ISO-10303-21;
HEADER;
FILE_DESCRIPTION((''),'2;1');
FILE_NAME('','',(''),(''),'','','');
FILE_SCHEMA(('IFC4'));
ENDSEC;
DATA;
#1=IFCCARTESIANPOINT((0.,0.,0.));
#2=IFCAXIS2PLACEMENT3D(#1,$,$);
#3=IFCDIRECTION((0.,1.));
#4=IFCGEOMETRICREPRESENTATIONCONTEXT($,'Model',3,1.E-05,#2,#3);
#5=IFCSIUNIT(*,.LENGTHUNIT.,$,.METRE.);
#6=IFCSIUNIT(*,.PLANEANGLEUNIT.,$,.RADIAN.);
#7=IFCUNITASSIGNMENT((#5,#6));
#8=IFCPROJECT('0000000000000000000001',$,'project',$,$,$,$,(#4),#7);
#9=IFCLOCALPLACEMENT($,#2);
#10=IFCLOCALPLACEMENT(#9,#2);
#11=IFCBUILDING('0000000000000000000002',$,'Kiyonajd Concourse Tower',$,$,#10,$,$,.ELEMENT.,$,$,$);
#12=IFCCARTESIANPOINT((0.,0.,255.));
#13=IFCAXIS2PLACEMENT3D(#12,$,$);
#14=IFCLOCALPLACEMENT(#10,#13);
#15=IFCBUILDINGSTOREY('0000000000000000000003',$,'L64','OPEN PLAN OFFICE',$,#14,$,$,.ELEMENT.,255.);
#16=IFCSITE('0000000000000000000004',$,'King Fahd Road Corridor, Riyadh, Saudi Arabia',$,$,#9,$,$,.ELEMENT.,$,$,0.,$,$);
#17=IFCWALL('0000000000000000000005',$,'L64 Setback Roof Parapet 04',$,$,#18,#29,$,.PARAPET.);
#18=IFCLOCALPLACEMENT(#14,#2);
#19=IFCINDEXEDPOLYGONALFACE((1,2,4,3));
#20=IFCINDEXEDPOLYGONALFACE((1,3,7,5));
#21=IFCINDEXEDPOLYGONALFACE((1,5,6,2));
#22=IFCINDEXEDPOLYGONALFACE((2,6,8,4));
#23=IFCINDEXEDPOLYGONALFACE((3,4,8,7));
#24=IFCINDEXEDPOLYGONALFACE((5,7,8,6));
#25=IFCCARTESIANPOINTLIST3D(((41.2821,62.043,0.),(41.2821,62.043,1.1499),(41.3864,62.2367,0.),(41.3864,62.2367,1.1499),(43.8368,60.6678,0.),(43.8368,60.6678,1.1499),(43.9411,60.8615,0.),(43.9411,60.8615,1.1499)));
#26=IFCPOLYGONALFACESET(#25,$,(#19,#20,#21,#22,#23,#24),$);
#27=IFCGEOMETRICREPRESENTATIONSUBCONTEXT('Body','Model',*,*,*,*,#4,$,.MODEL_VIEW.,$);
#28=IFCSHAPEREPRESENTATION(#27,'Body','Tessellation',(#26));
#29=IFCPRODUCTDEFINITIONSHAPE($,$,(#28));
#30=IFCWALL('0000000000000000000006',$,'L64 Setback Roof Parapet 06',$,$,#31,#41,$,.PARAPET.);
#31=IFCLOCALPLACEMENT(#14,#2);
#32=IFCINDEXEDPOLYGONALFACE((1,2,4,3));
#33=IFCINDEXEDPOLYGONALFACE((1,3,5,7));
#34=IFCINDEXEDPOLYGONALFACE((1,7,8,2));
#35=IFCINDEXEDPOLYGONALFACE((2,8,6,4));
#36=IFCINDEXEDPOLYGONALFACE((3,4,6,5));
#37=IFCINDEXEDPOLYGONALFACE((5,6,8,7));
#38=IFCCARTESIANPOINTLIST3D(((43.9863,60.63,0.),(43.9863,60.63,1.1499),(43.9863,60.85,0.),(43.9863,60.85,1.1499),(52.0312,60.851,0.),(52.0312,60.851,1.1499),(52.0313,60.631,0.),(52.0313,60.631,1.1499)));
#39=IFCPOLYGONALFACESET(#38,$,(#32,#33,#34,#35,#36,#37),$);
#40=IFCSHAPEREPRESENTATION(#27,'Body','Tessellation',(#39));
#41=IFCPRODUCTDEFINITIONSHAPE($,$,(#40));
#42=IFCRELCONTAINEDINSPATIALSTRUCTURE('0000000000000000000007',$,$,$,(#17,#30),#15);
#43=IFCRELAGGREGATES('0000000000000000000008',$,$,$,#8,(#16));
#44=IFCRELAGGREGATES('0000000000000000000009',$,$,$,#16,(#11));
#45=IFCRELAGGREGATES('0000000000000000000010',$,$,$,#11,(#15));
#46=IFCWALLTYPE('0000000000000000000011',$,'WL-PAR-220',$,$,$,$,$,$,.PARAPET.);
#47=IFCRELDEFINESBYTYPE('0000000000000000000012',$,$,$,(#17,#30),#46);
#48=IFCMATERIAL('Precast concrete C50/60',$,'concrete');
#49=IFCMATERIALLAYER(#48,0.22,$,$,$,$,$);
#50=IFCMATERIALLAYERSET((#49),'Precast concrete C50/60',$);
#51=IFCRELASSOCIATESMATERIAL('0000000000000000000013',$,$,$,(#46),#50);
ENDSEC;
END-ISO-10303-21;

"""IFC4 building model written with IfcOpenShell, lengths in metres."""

from ifc_helpers import new_model, si_unit, direction, frame, frame_2d, origin, place, context, subcontext, project, spatial, rectangle, extrude, material, layer, layer_set, type_object, element, save


model = new_model("IFC4")

# Units and contexts
model_context = context("Model", 3, precision=1e-05, world=origin(), true_north=direction((0.0, 1.0)))
body_context = subcontext(model_context, "Body", "Model", "MODEL_VIEW")
ifc_project = project(units=[si_unit("LENGTHUNIT", "METRE"), si_unit("PLANEANGLEUNIT", "RADIAN")], contexts=[model_context])

# Site, building, storey
site_placement = place(None, origin())
site = spatial("IfcSite", under=ifc_project, at=site_placement, Name="King Fahd Road Corridor, Riyadh, Saudi Arabia", CompositionType="ELEMENT", RefElevation=0.0)
building_placement = place(site_placement, origin())
building = spatial("IfcBuilding", under=site, at=building_placement, Name="Kiyonajd Concourse Tower", CompositionType="ELEMENT")
storey_placement = place(building_placement, frame((0.0, 0.0, 255.0)))
storey = spatial("IfcBuildingStorey", under=building, at=storey_placement, Name="L64", Description="OPEN PLAN OFFICE", CompositionType="ELEMENT", Elevation=255.0)

# Shared definitions
ifc_material_1 = material(Name="Precast concrete C50/60", Category="concrete")

# Walls
ifc_layer_1 = layer(ifc_material_1, 0.22)
ifc_layer_set_1 = layer_set([ifc_layer_1], Name="Precast concrete C50/60")
wall_type_1 = type_object("IfcWallType", Name="WL-PAR-220", PredefinedType="PARAPET", material=ifc_layer_set_1)
wall_1_placement = place(storey_placement, frame((41.3342, 62.1399, 0.0), z_axis=(0.0, 0.0, 1.0), x_axis=(0.880522, -0.474004, 0.0)))
element("IfcWall", 1, at=wall_1_placement, inside=storey, type_object=wall_type_1, Name="L64 Setback Roof Parapet 04", PredefinedType="PARAPET", context=body_context, shape_type="SweptSolid", body=[
    extrude(rectangle(XDim=2.9014, YDim=0.22, at=frame_2d((1.4507, 0.0))), origin(), (0.0, 0.0, 1.0), 1.1499),
])
wall_2_placement = place(storey_placement, frame((43.9863, 60.74, 0.0), z_axis=(0.0, 0.0, 1.0), x_axis=(1.0, 0.000121, 0.0)))
element("IfcWall", 2, at=wall_2_placement, inside=storey, type_object=wall_type_1, Name="L64 Setback Roof Parapet 06", PredefinedType="PARAPET", context=body_context, shape_type="SweptSolid", body=[
    extrude(rectangle(XDim=8.0449, YDim=0.22, at=frame_2d((4.0225, 0.0))), origin(), (0.0, 0.0, 1.0), 1.1499),
])

save(model, "model.ifc")
